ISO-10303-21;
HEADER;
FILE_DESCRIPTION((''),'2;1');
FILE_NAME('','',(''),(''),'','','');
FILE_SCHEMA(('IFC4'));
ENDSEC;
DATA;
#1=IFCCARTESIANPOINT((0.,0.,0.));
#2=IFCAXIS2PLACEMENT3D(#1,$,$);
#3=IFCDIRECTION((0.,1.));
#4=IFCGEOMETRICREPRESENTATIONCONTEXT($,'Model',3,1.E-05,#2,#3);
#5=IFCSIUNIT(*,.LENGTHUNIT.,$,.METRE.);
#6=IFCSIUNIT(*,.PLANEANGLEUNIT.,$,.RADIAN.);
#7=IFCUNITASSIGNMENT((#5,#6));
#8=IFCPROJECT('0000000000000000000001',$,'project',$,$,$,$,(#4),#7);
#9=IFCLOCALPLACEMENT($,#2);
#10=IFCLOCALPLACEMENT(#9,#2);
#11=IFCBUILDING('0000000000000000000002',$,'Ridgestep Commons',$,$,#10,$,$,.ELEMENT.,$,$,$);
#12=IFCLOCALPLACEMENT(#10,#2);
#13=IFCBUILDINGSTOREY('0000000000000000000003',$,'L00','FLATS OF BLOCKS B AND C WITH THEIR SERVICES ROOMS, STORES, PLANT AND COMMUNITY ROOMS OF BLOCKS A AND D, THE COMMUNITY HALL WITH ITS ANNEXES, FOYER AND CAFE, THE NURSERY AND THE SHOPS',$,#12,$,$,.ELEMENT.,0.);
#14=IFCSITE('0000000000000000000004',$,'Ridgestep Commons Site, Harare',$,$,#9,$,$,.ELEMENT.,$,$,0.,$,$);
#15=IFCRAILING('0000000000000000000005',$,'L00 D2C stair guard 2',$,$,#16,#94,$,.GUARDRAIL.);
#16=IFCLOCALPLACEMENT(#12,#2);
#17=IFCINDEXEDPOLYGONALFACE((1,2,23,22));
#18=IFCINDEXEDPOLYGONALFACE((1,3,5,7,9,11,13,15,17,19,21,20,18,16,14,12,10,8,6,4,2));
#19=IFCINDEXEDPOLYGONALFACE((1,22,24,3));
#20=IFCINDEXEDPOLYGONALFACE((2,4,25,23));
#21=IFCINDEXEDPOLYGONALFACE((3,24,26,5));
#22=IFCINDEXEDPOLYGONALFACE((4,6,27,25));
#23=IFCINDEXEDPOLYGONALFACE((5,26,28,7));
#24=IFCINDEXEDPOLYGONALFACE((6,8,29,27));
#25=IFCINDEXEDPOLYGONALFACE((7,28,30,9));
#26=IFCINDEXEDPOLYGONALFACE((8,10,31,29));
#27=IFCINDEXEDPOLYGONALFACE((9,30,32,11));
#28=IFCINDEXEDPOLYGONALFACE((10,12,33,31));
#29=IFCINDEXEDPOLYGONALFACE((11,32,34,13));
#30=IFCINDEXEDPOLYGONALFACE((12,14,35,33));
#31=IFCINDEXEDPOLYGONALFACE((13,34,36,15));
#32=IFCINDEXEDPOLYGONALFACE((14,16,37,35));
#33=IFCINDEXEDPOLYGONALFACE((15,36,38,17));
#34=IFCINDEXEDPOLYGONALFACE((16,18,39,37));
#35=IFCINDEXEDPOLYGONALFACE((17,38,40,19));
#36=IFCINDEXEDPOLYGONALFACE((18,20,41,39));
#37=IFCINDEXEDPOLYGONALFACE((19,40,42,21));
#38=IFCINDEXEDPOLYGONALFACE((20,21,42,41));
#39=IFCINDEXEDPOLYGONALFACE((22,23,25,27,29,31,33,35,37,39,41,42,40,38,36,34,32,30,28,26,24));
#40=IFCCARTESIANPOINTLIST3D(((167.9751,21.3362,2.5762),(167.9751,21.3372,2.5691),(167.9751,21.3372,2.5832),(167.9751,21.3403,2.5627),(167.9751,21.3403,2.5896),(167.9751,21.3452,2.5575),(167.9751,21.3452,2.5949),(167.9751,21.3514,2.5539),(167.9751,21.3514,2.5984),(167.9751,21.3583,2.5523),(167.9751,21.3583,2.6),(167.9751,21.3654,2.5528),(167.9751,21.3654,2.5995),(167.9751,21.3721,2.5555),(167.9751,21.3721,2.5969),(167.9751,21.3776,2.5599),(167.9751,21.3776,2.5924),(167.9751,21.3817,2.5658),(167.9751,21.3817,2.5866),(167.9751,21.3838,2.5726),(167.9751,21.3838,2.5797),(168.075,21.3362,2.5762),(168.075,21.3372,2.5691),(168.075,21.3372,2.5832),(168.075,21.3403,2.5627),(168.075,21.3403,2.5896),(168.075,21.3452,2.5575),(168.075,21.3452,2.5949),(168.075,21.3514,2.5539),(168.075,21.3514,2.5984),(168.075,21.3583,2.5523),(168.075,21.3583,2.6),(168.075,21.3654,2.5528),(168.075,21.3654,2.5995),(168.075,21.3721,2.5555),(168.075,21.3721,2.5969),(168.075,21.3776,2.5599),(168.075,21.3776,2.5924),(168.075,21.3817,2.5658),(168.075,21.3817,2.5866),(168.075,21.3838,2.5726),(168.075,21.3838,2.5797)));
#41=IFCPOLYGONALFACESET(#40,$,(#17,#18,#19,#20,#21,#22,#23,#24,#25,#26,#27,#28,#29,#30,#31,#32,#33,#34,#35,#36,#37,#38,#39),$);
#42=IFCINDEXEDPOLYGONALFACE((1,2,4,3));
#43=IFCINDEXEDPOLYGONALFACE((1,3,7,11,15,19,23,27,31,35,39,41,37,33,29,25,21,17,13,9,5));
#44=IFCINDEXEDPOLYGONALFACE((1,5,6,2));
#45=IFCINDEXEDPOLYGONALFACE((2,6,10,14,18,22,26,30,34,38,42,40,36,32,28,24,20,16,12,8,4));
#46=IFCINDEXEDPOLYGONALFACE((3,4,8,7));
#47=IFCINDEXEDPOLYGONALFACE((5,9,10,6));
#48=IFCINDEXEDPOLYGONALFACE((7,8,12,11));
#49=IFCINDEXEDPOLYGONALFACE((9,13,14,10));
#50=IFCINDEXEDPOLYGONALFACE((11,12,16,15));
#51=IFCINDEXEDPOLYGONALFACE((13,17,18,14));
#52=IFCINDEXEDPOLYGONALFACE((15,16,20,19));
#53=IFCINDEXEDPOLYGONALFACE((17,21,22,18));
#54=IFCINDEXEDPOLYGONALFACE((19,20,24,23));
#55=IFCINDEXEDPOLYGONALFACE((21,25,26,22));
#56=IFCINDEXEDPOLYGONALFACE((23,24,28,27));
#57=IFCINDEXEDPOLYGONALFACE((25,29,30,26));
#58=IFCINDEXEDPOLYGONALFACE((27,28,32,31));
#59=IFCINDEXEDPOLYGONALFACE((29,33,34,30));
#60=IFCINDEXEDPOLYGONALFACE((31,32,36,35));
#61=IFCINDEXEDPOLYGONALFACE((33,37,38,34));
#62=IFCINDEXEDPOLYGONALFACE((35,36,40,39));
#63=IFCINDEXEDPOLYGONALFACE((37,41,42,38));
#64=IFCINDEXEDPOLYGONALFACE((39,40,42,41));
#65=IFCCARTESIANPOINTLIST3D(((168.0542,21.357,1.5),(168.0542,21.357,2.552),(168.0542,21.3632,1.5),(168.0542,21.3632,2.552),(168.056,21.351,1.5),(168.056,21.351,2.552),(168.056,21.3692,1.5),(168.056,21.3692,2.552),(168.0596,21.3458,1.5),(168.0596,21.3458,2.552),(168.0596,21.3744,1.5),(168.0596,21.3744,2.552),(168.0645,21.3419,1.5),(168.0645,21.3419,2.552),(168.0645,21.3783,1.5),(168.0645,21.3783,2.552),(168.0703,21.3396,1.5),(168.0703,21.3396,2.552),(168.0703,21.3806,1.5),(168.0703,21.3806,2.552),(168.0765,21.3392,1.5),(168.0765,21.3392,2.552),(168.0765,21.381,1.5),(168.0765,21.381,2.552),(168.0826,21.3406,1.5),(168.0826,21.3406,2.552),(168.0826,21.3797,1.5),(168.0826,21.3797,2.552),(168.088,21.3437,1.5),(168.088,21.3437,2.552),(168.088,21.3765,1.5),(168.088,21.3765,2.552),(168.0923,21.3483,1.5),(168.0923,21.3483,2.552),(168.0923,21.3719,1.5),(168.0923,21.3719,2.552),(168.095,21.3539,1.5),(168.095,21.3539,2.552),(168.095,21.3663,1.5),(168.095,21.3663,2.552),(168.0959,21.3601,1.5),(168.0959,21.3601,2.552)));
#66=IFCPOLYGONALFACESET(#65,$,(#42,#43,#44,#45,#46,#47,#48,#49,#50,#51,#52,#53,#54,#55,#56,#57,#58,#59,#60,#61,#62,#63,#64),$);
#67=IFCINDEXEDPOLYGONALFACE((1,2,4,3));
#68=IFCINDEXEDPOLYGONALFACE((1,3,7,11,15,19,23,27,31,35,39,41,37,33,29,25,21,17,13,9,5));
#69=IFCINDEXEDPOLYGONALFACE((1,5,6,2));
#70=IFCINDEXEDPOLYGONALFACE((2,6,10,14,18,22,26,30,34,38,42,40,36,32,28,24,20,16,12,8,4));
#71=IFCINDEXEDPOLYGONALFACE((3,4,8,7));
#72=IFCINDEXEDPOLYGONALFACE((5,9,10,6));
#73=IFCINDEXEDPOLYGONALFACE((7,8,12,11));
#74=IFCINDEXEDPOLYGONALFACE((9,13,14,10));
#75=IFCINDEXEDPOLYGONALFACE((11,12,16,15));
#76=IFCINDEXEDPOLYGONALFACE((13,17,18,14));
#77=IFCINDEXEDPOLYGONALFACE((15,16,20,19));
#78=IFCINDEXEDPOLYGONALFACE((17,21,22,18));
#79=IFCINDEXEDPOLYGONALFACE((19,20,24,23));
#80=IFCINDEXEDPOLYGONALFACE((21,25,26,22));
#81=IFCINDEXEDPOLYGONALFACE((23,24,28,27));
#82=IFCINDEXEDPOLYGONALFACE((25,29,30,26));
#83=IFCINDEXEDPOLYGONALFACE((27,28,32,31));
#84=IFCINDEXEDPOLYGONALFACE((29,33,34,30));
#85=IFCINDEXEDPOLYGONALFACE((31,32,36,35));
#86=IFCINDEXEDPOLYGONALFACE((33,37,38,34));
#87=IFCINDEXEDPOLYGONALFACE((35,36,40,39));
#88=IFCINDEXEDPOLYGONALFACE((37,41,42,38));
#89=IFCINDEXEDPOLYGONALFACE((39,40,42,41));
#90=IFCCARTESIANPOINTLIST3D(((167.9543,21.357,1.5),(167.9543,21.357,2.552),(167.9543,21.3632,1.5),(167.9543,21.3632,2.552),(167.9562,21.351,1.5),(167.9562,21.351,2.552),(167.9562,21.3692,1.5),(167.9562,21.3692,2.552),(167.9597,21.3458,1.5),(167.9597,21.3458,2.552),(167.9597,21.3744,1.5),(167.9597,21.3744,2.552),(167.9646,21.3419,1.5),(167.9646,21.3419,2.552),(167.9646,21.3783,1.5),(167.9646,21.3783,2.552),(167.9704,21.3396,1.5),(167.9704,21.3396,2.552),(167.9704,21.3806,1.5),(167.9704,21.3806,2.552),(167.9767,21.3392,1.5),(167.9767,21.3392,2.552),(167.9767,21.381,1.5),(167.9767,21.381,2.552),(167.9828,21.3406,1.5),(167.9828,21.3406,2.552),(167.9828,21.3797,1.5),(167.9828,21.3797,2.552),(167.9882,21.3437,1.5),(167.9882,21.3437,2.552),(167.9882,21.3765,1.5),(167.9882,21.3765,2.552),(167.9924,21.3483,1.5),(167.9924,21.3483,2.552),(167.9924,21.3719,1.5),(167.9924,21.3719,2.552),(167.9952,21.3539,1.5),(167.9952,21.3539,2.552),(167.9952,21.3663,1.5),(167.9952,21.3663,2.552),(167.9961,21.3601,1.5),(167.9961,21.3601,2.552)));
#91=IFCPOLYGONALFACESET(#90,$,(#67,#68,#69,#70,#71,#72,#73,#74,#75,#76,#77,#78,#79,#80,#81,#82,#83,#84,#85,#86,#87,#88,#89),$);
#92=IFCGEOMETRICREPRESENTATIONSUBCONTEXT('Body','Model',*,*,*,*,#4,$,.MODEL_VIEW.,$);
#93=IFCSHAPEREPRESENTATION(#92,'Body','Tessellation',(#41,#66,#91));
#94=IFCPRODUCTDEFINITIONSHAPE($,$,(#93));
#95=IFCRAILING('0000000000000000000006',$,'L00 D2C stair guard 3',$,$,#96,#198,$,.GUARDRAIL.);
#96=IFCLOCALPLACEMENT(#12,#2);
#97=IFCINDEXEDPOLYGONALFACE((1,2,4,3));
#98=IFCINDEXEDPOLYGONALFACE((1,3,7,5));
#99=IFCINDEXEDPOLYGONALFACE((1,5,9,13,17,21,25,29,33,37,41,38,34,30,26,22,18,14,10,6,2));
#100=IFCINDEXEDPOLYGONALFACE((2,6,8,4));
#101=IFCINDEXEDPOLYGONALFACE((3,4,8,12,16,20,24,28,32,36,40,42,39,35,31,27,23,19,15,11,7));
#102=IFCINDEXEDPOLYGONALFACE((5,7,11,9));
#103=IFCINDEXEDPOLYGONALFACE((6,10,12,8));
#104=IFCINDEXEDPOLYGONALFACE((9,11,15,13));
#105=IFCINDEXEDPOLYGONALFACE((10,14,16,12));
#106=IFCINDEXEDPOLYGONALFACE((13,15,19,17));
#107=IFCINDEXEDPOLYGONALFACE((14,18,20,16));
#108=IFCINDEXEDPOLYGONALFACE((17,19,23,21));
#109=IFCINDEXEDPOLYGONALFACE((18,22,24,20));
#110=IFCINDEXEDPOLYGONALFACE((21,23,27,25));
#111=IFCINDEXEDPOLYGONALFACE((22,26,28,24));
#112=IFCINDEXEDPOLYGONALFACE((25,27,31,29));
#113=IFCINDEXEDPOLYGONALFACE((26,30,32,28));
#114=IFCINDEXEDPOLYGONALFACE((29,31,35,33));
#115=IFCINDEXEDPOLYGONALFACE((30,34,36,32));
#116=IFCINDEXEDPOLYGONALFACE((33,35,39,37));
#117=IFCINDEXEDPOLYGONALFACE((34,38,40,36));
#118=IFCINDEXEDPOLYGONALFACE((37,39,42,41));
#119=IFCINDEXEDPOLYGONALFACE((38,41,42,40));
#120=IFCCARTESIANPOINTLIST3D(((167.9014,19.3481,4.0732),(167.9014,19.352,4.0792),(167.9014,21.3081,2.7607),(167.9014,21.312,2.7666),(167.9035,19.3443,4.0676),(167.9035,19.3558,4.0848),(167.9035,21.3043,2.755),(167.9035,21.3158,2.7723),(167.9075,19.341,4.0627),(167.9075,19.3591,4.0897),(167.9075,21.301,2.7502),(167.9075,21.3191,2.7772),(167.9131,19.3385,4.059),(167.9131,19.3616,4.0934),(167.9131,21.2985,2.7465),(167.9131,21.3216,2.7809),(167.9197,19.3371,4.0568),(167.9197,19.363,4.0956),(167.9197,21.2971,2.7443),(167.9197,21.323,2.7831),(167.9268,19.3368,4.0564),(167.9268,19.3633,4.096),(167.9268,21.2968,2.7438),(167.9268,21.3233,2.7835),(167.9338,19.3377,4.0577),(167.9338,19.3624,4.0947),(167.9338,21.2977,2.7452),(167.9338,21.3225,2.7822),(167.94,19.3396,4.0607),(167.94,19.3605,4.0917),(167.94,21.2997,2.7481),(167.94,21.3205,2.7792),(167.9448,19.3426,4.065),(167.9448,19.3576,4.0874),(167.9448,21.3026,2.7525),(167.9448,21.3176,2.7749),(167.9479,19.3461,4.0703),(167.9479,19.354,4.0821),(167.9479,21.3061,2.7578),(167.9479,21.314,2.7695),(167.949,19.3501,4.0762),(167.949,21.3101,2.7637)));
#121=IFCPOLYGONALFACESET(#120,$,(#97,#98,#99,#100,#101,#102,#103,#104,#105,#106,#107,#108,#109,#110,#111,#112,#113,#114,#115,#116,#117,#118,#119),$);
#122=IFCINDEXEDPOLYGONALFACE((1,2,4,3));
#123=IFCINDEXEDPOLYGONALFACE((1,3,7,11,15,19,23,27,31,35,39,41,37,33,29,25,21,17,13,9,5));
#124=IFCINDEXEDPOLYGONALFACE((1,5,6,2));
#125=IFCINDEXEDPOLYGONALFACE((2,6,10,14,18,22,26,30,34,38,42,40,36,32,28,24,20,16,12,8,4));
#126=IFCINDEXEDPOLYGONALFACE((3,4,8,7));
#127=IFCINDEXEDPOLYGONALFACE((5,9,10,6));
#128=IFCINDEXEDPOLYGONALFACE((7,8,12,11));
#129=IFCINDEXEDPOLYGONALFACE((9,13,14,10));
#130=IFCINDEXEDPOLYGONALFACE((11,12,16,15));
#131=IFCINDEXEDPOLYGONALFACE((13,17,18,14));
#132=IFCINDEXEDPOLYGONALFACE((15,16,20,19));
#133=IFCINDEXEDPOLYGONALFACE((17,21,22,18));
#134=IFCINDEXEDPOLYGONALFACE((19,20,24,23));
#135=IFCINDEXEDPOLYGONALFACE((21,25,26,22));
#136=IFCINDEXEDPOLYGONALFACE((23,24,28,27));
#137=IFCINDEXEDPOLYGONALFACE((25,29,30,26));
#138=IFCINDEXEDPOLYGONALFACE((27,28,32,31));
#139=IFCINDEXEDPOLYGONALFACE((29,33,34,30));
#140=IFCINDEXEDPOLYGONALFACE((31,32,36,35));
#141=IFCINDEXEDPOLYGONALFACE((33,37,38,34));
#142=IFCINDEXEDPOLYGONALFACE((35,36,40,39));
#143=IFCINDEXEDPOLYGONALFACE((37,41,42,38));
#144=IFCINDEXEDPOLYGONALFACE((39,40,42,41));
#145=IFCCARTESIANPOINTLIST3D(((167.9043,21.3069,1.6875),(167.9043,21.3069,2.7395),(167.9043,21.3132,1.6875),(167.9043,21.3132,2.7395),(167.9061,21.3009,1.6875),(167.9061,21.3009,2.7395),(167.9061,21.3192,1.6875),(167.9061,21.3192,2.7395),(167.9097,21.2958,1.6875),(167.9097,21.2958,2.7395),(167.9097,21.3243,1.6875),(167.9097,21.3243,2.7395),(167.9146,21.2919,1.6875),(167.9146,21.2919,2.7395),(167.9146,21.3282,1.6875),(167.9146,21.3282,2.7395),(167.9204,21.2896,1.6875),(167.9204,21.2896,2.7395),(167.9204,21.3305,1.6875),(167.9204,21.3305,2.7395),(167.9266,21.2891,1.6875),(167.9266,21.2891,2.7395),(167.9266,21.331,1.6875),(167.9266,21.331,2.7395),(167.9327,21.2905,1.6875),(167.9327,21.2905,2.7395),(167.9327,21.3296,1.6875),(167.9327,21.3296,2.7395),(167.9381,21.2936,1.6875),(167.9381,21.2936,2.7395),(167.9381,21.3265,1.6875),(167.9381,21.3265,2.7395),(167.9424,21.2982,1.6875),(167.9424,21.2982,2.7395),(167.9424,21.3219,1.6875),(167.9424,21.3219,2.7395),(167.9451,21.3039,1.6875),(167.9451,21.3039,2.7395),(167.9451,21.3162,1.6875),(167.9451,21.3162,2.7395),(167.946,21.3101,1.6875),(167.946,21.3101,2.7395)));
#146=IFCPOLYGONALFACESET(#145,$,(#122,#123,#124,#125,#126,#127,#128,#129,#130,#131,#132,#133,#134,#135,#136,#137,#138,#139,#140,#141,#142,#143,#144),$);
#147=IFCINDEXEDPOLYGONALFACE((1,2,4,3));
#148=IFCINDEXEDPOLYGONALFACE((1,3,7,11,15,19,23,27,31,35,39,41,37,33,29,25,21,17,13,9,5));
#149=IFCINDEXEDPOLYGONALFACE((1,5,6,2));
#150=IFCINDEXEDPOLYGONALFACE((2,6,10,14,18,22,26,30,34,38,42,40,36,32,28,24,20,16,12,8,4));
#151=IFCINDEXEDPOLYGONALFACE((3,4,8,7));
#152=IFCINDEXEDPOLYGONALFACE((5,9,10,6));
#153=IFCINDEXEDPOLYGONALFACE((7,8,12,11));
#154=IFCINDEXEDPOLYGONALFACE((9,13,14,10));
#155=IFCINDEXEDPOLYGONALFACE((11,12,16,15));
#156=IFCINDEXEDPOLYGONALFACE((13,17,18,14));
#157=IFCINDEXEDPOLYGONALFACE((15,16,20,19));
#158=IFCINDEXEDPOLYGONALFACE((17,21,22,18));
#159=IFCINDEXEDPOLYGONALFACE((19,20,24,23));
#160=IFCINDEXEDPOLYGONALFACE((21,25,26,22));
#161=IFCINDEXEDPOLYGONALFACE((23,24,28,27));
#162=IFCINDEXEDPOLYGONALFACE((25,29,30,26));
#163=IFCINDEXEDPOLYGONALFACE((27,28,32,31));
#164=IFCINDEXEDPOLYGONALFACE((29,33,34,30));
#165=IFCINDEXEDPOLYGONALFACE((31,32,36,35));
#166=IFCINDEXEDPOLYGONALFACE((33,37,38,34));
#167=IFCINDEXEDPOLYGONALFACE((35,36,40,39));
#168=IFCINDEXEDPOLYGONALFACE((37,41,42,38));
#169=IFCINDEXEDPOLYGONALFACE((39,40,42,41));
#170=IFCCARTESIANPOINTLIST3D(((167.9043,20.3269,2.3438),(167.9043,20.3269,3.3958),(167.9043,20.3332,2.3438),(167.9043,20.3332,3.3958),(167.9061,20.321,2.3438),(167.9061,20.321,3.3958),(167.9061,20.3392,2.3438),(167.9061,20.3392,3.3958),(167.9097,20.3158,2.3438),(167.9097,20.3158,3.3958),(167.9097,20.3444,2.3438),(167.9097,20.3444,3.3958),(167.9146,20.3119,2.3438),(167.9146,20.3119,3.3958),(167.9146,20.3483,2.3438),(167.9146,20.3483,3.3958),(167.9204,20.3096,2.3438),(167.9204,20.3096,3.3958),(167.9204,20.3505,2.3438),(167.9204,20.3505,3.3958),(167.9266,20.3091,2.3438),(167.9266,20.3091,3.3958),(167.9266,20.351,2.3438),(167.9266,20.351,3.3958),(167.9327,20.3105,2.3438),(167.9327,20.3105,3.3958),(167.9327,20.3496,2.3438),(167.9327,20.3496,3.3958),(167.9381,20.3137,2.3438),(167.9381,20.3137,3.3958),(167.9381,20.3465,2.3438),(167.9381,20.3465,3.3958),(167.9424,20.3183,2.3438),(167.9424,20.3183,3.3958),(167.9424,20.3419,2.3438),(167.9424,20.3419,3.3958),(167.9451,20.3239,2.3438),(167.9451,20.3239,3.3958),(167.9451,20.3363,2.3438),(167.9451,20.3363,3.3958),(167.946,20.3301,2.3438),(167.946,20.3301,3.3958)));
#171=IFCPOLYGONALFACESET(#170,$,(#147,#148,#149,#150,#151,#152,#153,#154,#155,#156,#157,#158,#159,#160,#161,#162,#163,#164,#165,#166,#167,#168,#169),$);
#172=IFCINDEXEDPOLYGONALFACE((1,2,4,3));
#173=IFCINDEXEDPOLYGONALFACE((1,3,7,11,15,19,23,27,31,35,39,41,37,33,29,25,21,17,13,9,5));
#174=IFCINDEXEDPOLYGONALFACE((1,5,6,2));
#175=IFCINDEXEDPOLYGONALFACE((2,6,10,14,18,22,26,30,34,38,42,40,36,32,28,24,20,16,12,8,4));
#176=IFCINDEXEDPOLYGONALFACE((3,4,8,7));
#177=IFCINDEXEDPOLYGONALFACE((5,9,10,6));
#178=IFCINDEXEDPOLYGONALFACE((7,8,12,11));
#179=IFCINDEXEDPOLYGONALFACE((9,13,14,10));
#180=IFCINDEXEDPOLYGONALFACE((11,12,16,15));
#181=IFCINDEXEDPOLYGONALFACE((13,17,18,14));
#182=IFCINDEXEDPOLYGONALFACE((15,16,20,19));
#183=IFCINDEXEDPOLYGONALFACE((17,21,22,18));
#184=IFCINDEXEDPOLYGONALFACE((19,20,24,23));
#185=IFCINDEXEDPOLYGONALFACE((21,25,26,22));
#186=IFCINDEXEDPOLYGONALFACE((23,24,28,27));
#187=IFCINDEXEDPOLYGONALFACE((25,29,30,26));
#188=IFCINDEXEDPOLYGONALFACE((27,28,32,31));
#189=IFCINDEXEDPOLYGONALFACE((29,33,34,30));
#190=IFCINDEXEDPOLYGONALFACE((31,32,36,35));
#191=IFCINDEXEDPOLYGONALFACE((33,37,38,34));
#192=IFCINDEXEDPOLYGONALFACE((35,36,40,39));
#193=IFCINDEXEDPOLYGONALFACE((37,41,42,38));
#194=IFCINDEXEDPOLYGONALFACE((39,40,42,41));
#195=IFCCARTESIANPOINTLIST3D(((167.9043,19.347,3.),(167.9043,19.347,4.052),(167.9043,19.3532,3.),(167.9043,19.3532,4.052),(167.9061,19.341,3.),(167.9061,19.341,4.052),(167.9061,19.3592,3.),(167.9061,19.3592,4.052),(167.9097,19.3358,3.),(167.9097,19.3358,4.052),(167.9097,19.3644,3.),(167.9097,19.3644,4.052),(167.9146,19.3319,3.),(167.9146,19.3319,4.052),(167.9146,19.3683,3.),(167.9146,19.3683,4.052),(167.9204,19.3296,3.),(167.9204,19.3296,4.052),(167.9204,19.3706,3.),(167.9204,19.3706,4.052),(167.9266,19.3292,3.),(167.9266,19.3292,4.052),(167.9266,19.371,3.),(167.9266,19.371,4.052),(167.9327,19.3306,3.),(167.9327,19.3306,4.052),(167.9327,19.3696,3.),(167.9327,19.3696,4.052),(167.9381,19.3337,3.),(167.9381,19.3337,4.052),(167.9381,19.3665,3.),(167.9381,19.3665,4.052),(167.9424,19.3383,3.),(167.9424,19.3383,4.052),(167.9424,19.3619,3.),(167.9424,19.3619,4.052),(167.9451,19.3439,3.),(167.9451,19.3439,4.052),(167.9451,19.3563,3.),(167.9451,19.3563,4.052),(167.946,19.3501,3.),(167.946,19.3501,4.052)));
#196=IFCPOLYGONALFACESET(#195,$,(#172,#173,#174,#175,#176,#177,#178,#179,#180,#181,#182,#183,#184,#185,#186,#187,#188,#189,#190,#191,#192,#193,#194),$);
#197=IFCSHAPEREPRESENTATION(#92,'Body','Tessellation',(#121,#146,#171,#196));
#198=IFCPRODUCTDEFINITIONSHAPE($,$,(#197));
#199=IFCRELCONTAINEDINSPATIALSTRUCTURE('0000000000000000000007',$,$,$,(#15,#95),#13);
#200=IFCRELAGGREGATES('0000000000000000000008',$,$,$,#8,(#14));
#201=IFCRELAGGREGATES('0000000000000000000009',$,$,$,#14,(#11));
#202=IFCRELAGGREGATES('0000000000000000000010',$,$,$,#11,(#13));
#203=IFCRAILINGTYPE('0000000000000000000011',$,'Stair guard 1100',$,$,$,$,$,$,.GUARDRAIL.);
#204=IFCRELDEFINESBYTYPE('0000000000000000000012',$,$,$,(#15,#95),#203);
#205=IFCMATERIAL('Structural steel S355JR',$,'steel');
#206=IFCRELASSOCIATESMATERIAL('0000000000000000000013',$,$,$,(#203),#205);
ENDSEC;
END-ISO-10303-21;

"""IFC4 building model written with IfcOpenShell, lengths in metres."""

from ifc_helpers import new_model, si_unit, direction, frame, origin, origin_2d, place, context, subcontext, project, spatial, circle, extrude, material, type_object, element, save


model = new_model("IFC4")

# Units and contexts
model_context = context("Model", 3, precision=1e-05, world=origin(), true_north=direction((0.0, 1.0)))
body_context = subcontext(model_context, "Body", "Model", "MODEL_VIEW")
ifc_project = project(units=[si_unit("LENGTHUNIT", "METRE"), si_unit("PLANEANGLEUNIT", "RADIAN")], contexts=[model_context])

# Site, building, storey
site_placement = place(None, origin())
site = spatial("IfcSite", under=ifc_project, at=site_placement, Name="Ridgestep Commons Site, Harare", CompositionType="ELEMENT", RefElevation=0.0)
building_placement = place(site_placement, origin())
building = spatial("IfcBuilding", under=site, at=building_placement, Name="Ridgestep Commons", CompositionType="ELEMENT")
storey_placement = place(building_placement, origin())
storey = spatial("IfcBuildingStorey", under=building, at=storey_placement, Name="L00", Description="FLATS OF BLOCKS B AND C WITH THEIR SERVICES ROOMS, STORES, PLANT AND COMMUNITY ROOMS OF BLOCKS A AND D, THE COMMUNITY HALL WITH ITS ANNEXES, FOYER AND CAFE, THE NURSERY AND THE SHOPS", CompositionType="ELEMENT", Elevation=0.0)

# Railings
ifc_material_1 = material(Name="Structural steel S355JR", Category="steel")
railing_type_1 = type_object("IfcRailingType", Name="Stair guard 1100", PredefinedType="GUARDRAIL", material=ifc_material_1)
railing_1_placement = place(storey_placement, frame((168.075, 21.3601, 1.5)))
element("IfcRailing", 1, at=railing_1_placement, inside=storey, type_object=railing_type_1, Name="L00 D2C stair guard 2", PredefinedType="GUARDRAIL", context=body_context, shape_type="SweptSolid", body=[
    extrude(circle(Radius=0.0239, at=origin_2d()), frame((0.0, 0.0, 1.0762), z_axis=(-1.0, 0.0, 0.0), x_axis=(0.0, -1.0, 0.0)), (0.0, 0.0, 1.0), 0.0999),
    extrude(circle(Radius=0.021, at=origin_2d()), origin(), (0.0, 0.0, 1.0), 1.052),
    extrude(circle(Radius=0.021, at=origin_2d()), frame((-0.0999, 0.0, 0.0)), (0.0, 0.0, 1.0), 1.052),
])
railing_2_placement = place(storey_placement, frame((167.925, 21.3101, 1.6875)))
element("IfcRailing", 2, at=railing_2_placement, inside=storey, type_object=railing_type_1, Name="L00 D2C stair guard 3", PredefinedType="GUARDRAIL", context=body_context, shape_type="SweptSolid", body=[
    extrude(circle(Radius=0.0239, at=origin_2d()), frame((0.0, 0.0, 1.0762), z_axis=(0.0, -0.830902, 0.556419), x_axis=(1.0, 0.0, 0.0)), (0.0, 0.0, 1.0), 2.3589),
    extrude(circle(Radius=0.021, at=origin_2d()), origin(), (0.0, 0.0, 1.0), 1.052),
    extrude(circle(Radius=0.021, at=origin_2d()), frame((0.0, -0.98, 0.6562)), (0.0, 0.0, 1.0), 1.052),
    extrude(circle(Radius=0.021, at=origin_2d()), frame((0.0, -1.96, 1.3125)), (0.0, 0.0, 1.0), 1.052),
])

save(model, "model.ifc")
